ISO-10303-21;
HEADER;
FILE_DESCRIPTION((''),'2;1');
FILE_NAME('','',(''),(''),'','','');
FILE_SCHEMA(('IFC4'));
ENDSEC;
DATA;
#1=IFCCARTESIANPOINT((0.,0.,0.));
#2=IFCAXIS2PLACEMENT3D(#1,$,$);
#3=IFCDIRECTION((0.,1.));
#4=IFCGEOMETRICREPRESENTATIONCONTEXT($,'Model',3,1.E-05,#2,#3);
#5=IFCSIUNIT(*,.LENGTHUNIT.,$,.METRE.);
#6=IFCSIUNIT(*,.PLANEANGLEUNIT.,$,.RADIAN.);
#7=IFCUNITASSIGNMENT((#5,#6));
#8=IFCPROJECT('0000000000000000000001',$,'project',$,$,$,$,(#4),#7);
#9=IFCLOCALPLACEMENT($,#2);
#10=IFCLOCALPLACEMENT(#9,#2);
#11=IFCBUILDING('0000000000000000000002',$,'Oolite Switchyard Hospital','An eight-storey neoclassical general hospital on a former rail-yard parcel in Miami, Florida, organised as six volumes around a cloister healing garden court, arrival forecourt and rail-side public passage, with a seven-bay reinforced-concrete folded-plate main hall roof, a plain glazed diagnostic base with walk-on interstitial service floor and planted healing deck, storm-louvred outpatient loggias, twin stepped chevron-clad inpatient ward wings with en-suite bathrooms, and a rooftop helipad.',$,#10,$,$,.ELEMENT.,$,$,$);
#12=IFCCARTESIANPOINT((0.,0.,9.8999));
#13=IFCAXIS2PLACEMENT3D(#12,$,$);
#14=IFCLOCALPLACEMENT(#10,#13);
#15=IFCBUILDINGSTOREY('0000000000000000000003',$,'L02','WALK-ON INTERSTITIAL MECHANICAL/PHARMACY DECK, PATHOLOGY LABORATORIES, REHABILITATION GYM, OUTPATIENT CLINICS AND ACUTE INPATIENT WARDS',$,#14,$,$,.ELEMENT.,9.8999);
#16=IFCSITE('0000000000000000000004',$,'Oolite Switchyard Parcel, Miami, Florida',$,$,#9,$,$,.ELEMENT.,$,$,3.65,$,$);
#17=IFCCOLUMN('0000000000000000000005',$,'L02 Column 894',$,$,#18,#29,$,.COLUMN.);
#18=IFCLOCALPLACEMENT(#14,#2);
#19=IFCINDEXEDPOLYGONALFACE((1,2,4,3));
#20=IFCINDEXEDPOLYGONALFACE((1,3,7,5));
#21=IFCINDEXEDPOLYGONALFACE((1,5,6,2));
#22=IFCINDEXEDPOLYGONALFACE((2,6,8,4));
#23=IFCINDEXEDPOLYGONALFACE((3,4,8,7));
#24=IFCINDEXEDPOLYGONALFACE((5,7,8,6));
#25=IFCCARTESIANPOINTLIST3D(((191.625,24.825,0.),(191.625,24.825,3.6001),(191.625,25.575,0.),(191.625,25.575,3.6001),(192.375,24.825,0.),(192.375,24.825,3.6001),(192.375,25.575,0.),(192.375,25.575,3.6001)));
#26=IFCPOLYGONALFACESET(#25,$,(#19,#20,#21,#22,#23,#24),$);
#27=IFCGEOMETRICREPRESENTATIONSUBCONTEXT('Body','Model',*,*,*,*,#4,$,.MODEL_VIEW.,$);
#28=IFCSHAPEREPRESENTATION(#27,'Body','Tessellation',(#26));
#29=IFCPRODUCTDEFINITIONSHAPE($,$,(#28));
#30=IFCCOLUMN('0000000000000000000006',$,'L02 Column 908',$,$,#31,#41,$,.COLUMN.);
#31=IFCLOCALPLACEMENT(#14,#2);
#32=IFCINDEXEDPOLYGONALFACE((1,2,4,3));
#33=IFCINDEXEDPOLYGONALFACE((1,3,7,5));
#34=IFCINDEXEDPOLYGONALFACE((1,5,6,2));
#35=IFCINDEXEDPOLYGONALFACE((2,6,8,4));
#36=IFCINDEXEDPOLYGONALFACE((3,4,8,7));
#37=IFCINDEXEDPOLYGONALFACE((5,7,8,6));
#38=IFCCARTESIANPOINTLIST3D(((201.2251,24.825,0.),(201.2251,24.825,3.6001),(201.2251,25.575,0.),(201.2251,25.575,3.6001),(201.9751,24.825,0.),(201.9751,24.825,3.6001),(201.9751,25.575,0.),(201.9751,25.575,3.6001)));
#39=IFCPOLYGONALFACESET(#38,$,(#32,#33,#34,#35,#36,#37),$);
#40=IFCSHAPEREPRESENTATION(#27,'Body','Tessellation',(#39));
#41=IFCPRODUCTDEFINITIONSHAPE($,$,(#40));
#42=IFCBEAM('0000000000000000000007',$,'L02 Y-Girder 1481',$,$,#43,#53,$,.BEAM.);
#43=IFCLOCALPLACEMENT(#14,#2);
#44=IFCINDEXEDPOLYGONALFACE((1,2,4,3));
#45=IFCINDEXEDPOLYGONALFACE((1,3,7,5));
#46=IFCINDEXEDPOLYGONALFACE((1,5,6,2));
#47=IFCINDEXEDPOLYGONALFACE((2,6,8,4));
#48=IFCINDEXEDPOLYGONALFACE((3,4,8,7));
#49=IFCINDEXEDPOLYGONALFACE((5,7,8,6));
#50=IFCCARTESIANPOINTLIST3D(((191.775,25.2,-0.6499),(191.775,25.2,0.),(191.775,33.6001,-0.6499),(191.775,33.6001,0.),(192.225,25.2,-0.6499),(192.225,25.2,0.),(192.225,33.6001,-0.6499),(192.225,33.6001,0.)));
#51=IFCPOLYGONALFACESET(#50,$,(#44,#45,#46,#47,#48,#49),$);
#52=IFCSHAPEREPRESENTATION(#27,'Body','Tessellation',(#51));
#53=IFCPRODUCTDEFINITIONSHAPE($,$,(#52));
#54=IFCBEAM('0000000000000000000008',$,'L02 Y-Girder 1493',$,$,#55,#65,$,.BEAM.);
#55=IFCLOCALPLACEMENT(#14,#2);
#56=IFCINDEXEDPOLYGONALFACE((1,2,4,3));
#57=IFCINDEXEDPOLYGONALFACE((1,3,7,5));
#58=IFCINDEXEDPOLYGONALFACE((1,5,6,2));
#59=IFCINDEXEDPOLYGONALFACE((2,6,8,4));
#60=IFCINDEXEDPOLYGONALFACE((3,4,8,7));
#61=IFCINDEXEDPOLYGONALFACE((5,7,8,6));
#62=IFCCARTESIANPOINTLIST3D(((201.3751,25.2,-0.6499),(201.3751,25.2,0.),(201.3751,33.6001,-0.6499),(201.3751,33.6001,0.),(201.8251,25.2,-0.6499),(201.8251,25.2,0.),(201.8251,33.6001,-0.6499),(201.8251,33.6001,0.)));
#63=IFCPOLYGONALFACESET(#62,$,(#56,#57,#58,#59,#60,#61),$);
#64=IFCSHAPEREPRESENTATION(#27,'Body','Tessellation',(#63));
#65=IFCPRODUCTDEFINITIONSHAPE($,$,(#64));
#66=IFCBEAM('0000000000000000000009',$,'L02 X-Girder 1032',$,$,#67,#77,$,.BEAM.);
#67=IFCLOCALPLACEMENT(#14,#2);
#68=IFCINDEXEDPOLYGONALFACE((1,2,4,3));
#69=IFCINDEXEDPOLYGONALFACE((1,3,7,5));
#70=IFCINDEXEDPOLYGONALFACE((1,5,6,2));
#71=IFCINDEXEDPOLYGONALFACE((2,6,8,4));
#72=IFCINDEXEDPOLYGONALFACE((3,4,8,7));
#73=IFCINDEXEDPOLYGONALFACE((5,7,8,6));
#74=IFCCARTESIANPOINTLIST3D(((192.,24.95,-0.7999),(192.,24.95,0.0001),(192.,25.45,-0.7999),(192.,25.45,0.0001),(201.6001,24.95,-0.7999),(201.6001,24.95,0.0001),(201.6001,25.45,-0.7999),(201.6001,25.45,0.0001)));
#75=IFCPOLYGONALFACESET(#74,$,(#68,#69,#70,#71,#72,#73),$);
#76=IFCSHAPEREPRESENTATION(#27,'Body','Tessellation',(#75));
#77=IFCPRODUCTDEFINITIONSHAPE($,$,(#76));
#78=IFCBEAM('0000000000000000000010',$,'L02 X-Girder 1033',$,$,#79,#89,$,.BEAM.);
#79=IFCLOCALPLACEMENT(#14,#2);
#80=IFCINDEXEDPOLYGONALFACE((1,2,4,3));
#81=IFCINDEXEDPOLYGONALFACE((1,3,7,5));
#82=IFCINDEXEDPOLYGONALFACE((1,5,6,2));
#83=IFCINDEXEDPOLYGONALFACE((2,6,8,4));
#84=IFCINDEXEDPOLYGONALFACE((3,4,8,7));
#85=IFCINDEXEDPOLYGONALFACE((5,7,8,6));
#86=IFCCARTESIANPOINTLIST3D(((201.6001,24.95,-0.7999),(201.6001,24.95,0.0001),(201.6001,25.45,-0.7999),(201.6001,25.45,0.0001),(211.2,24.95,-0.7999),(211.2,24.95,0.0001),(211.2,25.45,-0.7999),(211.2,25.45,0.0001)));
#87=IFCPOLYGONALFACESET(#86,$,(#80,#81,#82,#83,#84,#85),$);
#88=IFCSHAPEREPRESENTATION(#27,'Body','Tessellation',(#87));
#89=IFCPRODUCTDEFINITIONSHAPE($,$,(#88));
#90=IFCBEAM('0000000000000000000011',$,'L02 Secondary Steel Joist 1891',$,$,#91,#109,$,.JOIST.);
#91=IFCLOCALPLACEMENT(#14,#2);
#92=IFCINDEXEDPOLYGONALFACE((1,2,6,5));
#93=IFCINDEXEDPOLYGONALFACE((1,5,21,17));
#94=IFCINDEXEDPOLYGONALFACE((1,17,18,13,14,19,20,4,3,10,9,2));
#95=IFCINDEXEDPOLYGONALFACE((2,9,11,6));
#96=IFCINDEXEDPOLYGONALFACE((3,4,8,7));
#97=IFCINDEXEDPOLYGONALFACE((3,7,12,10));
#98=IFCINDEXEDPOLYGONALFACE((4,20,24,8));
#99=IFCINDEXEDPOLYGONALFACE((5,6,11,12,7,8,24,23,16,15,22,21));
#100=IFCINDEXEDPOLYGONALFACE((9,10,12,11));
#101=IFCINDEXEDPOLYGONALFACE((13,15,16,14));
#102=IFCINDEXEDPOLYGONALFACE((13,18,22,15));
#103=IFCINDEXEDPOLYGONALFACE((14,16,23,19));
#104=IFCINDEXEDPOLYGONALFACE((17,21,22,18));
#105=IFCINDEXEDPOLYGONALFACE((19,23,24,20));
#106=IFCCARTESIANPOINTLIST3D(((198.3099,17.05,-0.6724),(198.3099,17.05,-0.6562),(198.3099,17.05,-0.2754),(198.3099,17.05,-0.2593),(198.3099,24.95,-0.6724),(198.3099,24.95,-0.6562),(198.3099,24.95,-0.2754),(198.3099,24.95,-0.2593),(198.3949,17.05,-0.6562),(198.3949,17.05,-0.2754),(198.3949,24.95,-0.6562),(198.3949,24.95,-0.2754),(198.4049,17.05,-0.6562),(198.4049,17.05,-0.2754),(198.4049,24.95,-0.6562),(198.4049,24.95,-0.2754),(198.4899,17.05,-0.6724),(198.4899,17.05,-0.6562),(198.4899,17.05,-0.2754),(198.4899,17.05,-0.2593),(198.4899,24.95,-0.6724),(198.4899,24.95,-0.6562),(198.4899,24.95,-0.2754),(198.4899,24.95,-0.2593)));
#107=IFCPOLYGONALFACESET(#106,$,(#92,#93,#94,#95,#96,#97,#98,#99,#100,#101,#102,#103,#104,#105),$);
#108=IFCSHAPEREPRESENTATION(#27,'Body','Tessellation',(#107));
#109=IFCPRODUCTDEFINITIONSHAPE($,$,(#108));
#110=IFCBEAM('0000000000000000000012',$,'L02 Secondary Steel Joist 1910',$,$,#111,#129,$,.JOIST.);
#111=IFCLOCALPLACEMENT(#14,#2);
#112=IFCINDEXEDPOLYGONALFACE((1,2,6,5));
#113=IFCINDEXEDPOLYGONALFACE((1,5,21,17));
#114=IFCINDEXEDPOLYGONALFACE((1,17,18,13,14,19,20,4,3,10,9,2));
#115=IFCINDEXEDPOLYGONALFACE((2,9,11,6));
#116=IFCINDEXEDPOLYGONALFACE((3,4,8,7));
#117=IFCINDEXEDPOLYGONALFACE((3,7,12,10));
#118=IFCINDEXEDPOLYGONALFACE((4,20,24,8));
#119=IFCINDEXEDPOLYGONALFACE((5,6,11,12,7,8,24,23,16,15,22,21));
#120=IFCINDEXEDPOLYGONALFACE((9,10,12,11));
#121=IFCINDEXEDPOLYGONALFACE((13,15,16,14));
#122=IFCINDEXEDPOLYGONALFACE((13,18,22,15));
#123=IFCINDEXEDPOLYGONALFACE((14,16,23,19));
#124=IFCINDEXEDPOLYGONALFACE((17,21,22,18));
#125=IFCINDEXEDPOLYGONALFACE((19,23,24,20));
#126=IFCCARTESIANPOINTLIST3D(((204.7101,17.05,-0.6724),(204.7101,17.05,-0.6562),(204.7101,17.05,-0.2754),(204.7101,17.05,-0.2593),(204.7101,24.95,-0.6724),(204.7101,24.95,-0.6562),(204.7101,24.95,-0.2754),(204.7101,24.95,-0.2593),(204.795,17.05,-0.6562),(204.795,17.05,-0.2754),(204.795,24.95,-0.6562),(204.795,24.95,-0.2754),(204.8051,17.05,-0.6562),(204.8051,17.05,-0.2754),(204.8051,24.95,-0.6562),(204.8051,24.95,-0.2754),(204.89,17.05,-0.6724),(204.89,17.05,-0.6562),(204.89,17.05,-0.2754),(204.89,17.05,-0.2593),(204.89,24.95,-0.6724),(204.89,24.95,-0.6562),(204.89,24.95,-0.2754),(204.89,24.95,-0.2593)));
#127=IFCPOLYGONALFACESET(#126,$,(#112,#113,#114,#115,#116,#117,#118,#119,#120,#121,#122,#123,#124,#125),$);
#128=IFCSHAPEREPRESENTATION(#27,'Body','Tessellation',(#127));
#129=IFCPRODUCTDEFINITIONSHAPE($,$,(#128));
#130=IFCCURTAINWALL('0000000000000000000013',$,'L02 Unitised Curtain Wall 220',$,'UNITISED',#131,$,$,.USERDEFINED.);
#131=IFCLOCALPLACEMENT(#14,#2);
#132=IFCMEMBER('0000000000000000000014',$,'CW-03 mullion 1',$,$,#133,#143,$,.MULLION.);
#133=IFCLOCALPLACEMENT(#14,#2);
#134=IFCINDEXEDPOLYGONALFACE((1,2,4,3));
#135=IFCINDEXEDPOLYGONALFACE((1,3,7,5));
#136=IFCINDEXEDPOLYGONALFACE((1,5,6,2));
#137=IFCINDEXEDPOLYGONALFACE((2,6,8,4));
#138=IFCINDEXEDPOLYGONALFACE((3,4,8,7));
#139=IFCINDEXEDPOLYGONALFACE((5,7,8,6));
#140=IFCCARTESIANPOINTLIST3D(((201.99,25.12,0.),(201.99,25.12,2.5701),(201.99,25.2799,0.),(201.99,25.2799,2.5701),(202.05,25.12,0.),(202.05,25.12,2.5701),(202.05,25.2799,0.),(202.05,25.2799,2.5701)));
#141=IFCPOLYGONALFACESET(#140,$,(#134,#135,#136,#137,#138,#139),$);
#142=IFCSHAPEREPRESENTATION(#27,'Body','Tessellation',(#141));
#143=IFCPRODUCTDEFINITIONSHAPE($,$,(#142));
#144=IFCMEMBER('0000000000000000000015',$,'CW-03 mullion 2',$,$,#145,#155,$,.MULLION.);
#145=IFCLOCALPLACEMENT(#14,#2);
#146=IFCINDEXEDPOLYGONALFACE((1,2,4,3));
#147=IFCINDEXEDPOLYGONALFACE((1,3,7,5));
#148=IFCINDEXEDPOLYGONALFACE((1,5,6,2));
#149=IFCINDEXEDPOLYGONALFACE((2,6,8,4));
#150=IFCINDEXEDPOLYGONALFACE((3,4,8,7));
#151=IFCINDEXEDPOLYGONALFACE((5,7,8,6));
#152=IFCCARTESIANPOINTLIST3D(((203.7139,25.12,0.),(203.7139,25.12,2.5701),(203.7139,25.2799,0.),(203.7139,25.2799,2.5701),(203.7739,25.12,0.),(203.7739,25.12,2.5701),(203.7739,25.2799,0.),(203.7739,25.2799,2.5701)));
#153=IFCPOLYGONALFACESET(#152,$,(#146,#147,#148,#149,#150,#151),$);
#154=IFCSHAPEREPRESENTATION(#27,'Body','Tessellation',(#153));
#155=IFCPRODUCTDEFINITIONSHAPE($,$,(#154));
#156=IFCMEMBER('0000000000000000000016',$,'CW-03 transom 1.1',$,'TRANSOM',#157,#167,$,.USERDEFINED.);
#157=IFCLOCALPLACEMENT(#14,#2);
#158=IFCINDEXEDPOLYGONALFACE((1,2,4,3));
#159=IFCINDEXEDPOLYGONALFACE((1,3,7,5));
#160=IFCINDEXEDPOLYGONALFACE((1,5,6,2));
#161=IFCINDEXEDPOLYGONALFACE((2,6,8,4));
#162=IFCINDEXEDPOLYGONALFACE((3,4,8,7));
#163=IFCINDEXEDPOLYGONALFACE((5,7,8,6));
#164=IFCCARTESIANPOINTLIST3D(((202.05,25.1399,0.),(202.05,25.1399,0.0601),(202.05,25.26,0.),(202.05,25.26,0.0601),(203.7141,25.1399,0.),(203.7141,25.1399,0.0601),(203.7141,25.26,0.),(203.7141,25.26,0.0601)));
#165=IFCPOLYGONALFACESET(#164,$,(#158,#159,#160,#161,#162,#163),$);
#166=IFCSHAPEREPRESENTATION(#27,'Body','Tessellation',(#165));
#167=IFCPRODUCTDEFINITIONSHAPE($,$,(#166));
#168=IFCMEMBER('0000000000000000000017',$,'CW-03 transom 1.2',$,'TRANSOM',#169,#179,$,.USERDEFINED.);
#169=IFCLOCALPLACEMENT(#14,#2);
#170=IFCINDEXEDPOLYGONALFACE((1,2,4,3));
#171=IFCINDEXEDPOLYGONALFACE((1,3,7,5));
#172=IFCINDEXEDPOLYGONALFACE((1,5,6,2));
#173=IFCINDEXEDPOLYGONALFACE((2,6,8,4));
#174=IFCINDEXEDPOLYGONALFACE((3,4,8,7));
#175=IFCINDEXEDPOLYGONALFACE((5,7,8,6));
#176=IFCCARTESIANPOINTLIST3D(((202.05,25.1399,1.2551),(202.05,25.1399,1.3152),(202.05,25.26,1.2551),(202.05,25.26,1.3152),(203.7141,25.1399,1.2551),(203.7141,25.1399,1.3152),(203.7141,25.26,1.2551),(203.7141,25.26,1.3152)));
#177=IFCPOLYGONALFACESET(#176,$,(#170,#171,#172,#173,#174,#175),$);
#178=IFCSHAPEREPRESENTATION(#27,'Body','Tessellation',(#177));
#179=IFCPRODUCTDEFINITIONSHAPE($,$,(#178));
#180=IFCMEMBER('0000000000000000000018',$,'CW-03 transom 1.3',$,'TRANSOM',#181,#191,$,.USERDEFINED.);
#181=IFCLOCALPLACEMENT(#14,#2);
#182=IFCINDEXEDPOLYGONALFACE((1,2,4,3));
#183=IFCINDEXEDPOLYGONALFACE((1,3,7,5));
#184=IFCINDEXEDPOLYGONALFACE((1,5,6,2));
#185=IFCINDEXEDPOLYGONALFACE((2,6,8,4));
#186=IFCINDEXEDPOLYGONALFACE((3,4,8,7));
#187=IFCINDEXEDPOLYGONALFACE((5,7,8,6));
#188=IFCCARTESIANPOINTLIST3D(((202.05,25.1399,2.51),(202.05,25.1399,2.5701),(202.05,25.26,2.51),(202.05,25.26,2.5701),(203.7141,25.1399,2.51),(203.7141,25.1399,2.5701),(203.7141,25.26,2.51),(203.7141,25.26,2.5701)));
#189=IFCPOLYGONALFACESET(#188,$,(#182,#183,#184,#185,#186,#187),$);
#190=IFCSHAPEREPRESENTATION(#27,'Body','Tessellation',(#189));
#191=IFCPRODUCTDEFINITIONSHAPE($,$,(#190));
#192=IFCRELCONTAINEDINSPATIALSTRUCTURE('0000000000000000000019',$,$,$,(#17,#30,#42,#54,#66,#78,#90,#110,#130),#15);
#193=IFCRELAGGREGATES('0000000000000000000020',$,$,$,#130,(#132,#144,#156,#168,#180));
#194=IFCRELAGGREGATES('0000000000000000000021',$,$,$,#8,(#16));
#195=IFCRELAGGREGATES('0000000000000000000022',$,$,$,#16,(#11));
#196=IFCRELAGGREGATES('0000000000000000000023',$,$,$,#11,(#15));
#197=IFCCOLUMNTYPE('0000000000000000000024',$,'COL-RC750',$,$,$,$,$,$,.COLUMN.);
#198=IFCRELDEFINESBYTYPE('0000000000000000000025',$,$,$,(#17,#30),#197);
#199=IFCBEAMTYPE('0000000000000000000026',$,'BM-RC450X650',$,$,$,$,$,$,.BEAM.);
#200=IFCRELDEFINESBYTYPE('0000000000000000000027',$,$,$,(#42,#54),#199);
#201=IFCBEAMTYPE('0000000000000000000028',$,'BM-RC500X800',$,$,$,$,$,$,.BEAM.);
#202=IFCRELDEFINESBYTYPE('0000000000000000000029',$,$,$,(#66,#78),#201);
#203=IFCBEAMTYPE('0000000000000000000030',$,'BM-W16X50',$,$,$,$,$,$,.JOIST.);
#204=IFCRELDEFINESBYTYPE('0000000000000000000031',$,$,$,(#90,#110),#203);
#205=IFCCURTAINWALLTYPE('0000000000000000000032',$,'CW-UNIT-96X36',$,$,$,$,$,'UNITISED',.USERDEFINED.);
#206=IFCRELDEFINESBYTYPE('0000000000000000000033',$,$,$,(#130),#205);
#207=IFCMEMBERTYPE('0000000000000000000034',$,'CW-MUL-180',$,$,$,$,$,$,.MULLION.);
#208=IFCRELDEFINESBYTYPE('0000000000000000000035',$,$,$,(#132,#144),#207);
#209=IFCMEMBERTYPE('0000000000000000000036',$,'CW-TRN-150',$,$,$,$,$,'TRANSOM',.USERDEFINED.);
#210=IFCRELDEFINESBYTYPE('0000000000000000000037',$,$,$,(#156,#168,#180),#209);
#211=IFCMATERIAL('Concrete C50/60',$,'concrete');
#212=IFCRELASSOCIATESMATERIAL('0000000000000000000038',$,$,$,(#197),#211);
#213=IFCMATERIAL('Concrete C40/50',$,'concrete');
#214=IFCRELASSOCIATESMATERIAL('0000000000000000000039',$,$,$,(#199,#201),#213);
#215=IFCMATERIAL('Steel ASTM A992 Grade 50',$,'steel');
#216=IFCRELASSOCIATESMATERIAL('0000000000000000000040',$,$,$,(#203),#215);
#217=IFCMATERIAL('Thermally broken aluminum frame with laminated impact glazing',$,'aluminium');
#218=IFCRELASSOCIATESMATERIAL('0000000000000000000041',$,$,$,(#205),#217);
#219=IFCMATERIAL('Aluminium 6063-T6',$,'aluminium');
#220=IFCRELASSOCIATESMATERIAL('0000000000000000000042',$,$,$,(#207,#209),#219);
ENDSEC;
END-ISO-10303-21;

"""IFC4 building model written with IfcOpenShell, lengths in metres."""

from ifc_helpers import new_model, si_unit, direction, frame, origin, origin_2d, place, context, subcontext, project, spatial, rectangle, i_section, extrude, material, material_profile, profile_set, type_object, element, aggregate, save


model = new_model("IFC4")

# Units and contexts
model_context = context("Model", 3, precision=1e-05, world=origin(), true_north=direction((0.0, 1.0)))
body_context = subcontext(model_context, "Body", "Model", "MODEL_VIEW")
ifc_project = project(units=[si_unit("LENGTHUNIT", "METRE"), si_unit("PLANEANGLEUNIT", "RADIAN")], contexts=[model_context])

# Site, building, storey
site_placement = place(None, origin())
site = spatial("IfcSite", under=ifc_project, at=site_placement, Name="Oolite Switchyard Parcel, Miami, Florida", CompositionType="ELEMENT", RefElevation=3.65)
building_placement = place(site_placement, origin())
building = spatial("IfcBuilding", under=site, at=building_placement, Name="Oolite Switchyard Hospital", Description="An eight-storey neoclassical general hospital on a former rail-yard parcel in Miami, Florida, organised as six volumes around a cloister healing garden court, arrival forecourt and rail-side public passage, with a seven-bay reinforced-concrete folded-plate main hall roof, a plain glazed diagnostic base with walk-on interstitial service floor and planted healing deck, storm-louvred outpatient loggias, twin stepped chevron-clad inpatient ward wings with en-suite bathrooms, and a rooftop helipad.", CompositionType="ELEMENT")
storey_placement = place(building_placement, frame((0.0, 0.0, 9.8999)))
storey = spatial("IfcBuildingStorey", under=building, at=storey_placement, Name="L02", Description="WALK-ON INTERSTITIAL MECHANICAL/PHARMACY DECK, PATHOLOGY LABORATORIES, REHABILITATION GYM, OUTPATIENT CLINICS AND ACUTE INPATIENT WARDS", CompositionType="ELEMENT", Elevation=9.8999)

# Columns
ifc_material_1 = material(Name="Concrete C50/60", Category="concrete")
ifc_material_profile_1 = material_profile(ifc_material_1, rectangle(XDim=0.75, YDim=0.75, at=origin_2d()), Name="RC750X750")
ifc_profile_set_1 = profile_set([ifc_material_profile_1], Name="Concrete C50/60")
column_type = type_object("IfcColumnType", Name="COL-RC750", PredefinedType="COLUMN", material=ifc_profile_set_1)
for number, where, z_axis, x_axis, name in (
    (1, (192.0, 25.2, 0.0), (0.0, 0.0, 1.0), (1.0, 0.0, 0.0), "L02 Column 894"),
    (2, (201.6001, 25.2, 0.0), (0.0, 0.0, 1.0), (1.0, 0.0, 0.0), "L02 Column 908"),
):
    element("IfcColumn", number, at=place(storey_placement, frame(where, z_axis=z_axis, x_axis=x_axis)), inside=storey, type_object=column_type, Name=name, PredefinedType="COLUMN", context=body_context, shape_type="SweptSolid", body=[
        extrude(rectangle(XDim=0.75, YDim=0.75, at=origin_2d()), origin(), (0.0, 0.0, 1.0), 3.6001),
    ])

# Beams
ifc_material_2 = material(Name="Concrete C40/50", Category="concrete")
ifc_material_profile_2 = material_profile(ifc_material_2, rectangle(XDim=0.45, YDim=0.6499, at=origin_2d()), Name="RCB450X650")
ifc_profile_set_2 = profile_set([ifc_material_profile_2], Name="Concrete C40/50")
beam_type_1 = type_object("IfcBeamType", Name="BM-RC450X650", PredefinedType="BEAM", material=ifc_profile_set_2)
for number, where, z_axis, x_axis, name in (
    (3, (192.0, 25.2, -0.325), (0.0, 1.0, 0.0), (-1.0, 0.0, 0.0), "L02 Y-Girder 1481"),
    (4, (201.6001, 25.2, -0.325), (0.0, 1.0, 0.0), (-1.0, 0.0, 0.0), "L02 Y-Girder 1493"),
):
    element("IfcBeam", number, at=place(storey_placement, frame(where, z_axis=z_axis, x_axis=x_axis)), inside=storey, type_object=beam_type_1, Name=name, PredefinedType="BEAM", context=body_context, shape_type="SweptSolid", body=[
        extrude(rectangle(XDim=0.45, YDim=0.6499, at=origin_2d()), origin(), (0.0, 0.0, 1.0), 8.4001),
    ])
ifc_material_profile_3 = material_profile(ifc_material_2, rectangle(XDim=0.5, YDim=0.8, at=origin_2d()), Name="RCB500X800")
ifc_profile_set_3 = profile_set([ifc_material_profile_3], Name="Concrete C40/50")
beam_type_2 = type_object("IfcBeamType", Name="BM-RC500X800", PredefinedType="BEAM", material=ifc_profile_set_3)
beam_1_placement = place(storey_placement, frame((192.0, 25.2, -0.3999), z_axis=(1.0, 0.0, 0.0), x_axis=(0.0, 1.0, 0.0)))
element("IfcBeam", 5, at=beam_1_placement, inside=storey, type_object=beam_type_2, Name="L02 X-Girder 1032", PredefinedType="BEAM", context=body_context, shape_type="SweptSolid", body=[
    extrude(rectangle(XDim=0.5, YDim=0.8, at=origin_2d()), origin(), (0.0, 0.0, 1.0), 9.6001),
])
beam_2_placement = place(storey_placement, frame((201.6001, 25.2, -0.3999), z_axis=(1.0, 0.0, 0.0), x_axis=(0.0, 1.0, 0.0)))
element("IfcBeam", 6, at=beam_2_placement, inside=storey, type_object=beam_type_2, Name="L02 X-Girder 1033", PredefinedType="BEAM", context=body_context, shape_type="SweptSolid", body=[
    extrude(rectangle(XDim=0.5, YDim=0.8, at=origin_2d()), origin(), (0.0, 0.0, 1.0), 9.5999),
])
ifc_material_3 = material(Name="Steel ASTM A992 Grade 50", Category="steel")
ifc_material_profile_4 = material_profile(ifc_material_3, i_section(OverallWidth=0.1799, OverallDepth=0.4131, WebThickness=0.01, FlangeThickness=0.0161, at=origin_2d()), Name="W16X50")
ifc_profile_set_4 = profile_set([ifc_material_profile_4], Name="Steel ASTM A992 Grade 50")
beam_type_3 = type_object("IfcBeamType", Name="BM-W16X50", PredefinedType="JOIST", material=ifc_profile_set_4)
for number, where, z_axis, x_axis, name in (
    (7, (198.3999, 17.05, -0.4658), (0.0, 1.0, 0.0), (-1.0, 0.0, 0.0), "L02 Secondary Steel Joist 1891"),
    (8, (204.8, 17.05, -0.4658), (0.0, 1.0, 0.0), (-1.0, 0.0, 0.0), "L02 Secondary Steel Joist 1910"),
):
    element("IfcBeam", number, at=place(storey_placement, frame(where, z_axis=z_axis, x_axis=x_axis)), inside=storey, type_object=beam_type_3, Name=name, PredefinedType="JOIST", context=body_context, shape_type="SweptSolid", body=[
        extrude(i_section(OverallWidth=0.1799, OverallDepth=0.4131, WebThickness=0.01, FlangeThickness=0.0161, at=origin_2d()), origin(), (0.0, 0.0, 1.0), 7.8999),
    ])

# Curtain wall, members
ifc_material_4 = material(Name="Thermally broken aluminum frame with laminated impact glazing", Category="aluminium")
curtain_wall_type = type_object("IfcCurtainWallType", Name="CW-UNIT-96X36", ElementType="UNITISED", PredefinedType="USERDEFINED", material=ifc_material_4)
curtain_wall_placement = place(storey_placement, origin())
curtain_wall = element("IfcCurtainWall", 9, at=curtain_wall_placement, inside=storey, type_object=curtain_wall_type, Name="L02 Unitised Curtain Wall 220", ObjectType="UNITISED", PredefinedType="USERDEFINED")
ifc_material_5 = material(Name="Aluminium 6063-T6", Category="aluminium")
ifc_material_profile_5 = material_profile(ifc_material_5, rectangle(XDim=0.1599, YDim=0.0601, at=origin_2d()), Name="CWM60X160")
ifc_profile_set_5 = profile_set([ifc_material_profile_5], Name="Aluminium 6063-T6")
member_type_1 = type_object("IfcMemberType", Name="CW-MUL-180", PredefinedType="MULLION", material=ifc_profile_set_5)
member_1_placement = place(storey_placement, frame((202.02, 25.2, 0.0), z_axis=(0.0, 0.0, 1.0), x_axis=(0.0, 1.0, 0.0)))
member_1 = element("IfcMember", 10, at=member_1_placement, type_object=member_type_1, Name="CW-03 mullion 1", PredefinedType="MULLION", context=body_context, shape_type="SweptSolid", body=[
    extrude(rectangle(XDim=0.1599, YDim=0.0601, at=origin_2d()), origin(), (0.0, 0.0, 1.0), 2.5701),
])
member_2_placement = place(storey_placement, frame((203.7439, 25.2, 0.0), z_axis=(0.0, 0.0, 1.0), x_axis=(0.0, 1.0, 0.0)))
member_2 = element("IfcMember", 11, at=member_2_placement, type_object=member_type_1, Name="CW-03 mullion 2", PredefinedType="MULLION", context=body_context, shape_type="SweptSolid", body=[
    extrude(rectangle(XDim=0.1599, YDim=0.0601, at=origin_2d()), origin(), (0.0, 0.0, 1.0), 2.5701),
])
ifc_material_profile_6 = material_profile(ifc_material_5, rectangle(XDim=0.1201, YDim=0.0601, at=origin_2d()), Name="CWT60X120")
ifc_profile_set_6 = profile_set([ifc_material_profile_6], Name="Aluminium 6063-T6")
member_type_2 = type_object("IfcMemberType", Name="CW-TRN-150", ElementType="TRANSOM", PredefinedType="USERDEFINED", material=ifc_profile_set_6)
member_3_placement = place(storey_placement, frame((202.05, 25.2, 0.03), z_axis=(1.0, 0.0, 0.0), x_axis=(0.0, 1.0, 0.0)))
member_3 = element("IfcMember", 12, at=member_3_placement, type_object=member_type_2, Name="CW-03 transom 1.1", ObjectType="TRANSOM", PredefinedType="USERDEFINED", context=body_context, shape_type="SweptSolid", body=[
    extrude(rectangle(XDim=0.1201, YDim=0.0601, at=origin_2d()), origin(), (0.0, 0.0, 1.0), 1.6641),
])
member_4_placement = place(storey_placement, frame((202.05, 25.2, 1.2852), z_axis=(1.0, 0.0, 0.0), x_axis=(0.0, 1.0, 0.0)))
member_4 = element("IfcMember", 13, at=member_4_placement, type_object=member_type_2, Name="CW-03 transom 1.2", ObjectType="TRANSOM", PredefinedType="USERDEFINED", context=body_context, shape_type="SweptSolid", body=[
    extrude(rectangle(XDim=0.1201, YDim=0.0601, at=origin_2d()), origin(), (0.0, 0.0, 1.0), 1.6641),
])
member_5_placement = place(storey_placement, frame((202.05, 25.2, 2.54), z_axis=(1.0, 0.0, 0.0), x_axis=(0.0, 1.0, 0.0)))
member_5 = element("IfcMember", 14, at=member_5_placement, type_object=member_type_2, Name="CW-03 transom 1.3", ObjectType="TRANSOM", PredefinedType="USERDEFINED", context=body_context, shape_type="SweptSolid", body=[
    extrude(rectangle(XDim=0.1201, YDim=0.0601, at=origin_2d()), origin(), (0.0, 0.0, 1.0), 1.6641),
])
aggregate(curtain_wall, [member_1, member_2, member_3, member_4, member_5])

save(model, "model.ifc")
